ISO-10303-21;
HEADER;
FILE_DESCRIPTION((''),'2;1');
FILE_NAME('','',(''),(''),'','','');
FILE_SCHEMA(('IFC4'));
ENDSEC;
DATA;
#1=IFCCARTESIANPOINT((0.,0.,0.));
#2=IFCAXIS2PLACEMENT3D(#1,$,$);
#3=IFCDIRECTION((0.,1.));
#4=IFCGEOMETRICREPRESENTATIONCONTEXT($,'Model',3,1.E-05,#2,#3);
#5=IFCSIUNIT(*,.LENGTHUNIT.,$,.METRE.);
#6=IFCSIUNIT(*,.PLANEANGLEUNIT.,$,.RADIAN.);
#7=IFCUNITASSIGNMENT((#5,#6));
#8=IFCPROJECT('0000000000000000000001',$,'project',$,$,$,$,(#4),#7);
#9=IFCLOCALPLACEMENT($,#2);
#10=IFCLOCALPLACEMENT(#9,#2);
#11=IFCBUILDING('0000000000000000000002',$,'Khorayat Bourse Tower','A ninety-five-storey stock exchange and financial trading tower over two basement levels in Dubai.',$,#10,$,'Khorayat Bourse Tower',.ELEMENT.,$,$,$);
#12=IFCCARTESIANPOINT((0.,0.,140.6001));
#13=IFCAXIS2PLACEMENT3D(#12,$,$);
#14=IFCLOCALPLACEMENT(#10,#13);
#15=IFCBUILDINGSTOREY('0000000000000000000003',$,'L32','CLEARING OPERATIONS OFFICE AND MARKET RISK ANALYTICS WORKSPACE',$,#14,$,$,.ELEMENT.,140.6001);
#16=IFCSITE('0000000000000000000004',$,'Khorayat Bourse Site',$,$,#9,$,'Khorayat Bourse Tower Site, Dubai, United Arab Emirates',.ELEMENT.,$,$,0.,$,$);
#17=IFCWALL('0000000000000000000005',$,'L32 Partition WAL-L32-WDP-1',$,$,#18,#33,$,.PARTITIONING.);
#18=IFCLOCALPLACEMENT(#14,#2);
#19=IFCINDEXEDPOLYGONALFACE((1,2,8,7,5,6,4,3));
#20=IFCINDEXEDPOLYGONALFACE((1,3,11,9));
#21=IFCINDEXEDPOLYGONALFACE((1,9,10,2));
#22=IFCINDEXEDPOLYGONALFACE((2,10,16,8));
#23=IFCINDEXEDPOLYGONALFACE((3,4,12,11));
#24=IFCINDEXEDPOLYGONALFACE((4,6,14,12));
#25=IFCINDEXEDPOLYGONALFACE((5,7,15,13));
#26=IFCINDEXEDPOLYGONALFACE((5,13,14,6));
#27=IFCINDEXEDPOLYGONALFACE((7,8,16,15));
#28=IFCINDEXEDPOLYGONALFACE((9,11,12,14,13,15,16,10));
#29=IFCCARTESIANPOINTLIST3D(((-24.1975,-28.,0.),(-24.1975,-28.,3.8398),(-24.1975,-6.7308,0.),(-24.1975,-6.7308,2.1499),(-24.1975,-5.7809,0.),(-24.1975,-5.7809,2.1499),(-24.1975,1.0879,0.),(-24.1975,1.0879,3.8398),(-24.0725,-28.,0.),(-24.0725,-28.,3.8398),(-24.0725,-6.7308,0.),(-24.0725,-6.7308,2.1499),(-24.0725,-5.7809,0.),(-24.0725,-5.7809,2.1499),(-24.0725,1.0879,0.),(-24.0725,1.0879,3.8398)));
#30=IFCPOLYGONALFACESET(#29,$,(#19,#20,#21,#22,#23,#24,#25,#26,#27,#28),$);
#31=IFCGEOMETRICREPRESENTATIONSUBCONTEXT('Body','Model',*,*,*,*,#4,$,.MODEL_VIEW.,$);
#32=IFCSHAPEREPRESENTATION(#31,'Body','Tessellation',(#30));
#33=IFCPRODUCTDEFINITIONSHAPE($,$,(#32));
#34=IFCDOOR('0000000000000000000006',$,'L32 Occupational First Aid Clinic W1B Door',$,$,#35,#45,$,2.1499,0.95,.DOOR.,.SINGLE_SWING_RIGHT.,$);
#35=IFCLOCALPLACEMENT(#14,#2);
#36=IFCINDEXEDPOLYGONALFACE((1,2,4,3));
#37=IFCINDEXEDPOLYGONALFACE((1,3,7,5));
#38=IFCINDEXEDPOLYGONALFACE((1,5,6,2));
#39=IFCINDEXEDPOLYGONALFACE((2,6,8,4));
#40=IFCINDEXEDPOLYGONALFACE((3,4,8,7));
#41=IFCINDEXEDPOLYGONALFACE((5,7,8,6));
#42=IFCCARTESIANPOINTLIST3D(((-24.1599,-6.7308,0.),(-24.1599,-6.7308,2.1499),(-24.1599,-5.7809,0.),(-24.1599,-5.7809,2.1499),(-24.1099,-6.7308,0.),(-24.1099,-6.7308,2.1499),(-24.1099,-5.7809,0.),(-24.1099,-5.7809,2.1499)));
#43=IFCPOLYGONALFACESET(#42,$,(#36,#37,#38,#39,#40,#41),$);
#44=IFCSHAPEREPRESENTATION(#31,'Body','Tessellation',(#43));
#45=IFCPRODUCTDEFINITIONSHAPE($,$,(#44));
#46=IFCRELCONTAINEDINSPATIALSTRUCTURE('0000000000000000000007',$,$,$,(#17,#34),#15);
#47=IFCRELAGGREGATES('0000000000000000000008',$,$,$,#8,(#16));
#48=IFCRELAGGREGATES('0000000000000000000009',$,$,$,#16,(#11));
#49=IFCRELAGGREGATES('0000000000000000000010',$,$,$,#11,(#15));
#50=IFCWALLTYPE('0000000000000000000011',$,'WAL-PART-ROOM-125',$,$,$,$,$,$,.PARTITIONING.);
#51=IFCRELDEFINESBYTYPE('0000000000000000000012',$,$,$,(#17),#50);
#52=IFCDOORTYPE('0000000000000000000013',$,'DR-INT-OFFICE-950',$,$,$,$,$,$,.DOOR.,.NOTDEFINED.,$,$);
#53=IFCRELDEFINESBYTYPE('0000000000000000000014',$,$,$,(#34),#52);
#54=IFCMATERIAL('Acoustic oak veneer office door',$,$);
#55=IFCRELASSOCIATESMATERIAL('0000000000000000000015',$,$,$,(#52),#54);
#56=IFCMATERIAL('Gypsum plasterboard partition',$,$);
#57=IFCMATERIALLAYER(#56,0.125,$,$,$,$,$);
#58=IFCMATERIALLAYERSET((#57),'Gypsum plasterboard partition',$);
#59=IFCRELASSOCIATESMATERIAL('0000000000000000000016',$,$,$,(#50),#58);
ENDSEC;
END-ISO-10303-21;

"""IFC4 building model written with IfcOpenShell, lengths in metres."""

from ifc_helpers import new_model, si_unit, direction, frame, frame_2d, origin, place, context, subcontext, project, spatial, rectangle, extrude, source, transform, mapped, material, layer, layer_set, type_object, element, fill, save


model = new_model("IFC4")

# Units and contexts
model_context = context("Model", 3, precision=1e-05, world=origin(), true_north=direction((0.0, 1.0)))
body_context = subcontext(model_context, "Body", "Model", "MODEL_VIEW")
ifc_project = project(units=[si_unit("LENGTHUNIT", "METRE"), si_unit("PLANEANGLEUNIT", "RADIAN")], contexts=[model_context])

# Site, building, storey
site_placement = place(None, origin())
site = spatial("IfcSite", under=ifc_project, at=site_placement, Name="Khorayat Bourse Site", LongName="Khorayat Bourse Tower Site, Dubai, United Arab Emirates", CompositionType="ELEMENT", RefElevation=0.0)
building_placement = place(site_placement, origin())
building = spatial("IfcBuilding", under=site, at=building_placement, Name="Khorayat Bourse Tower", Description="A ninety-five-storey stock exchange and financial trading tower over two basement levels in Dubai.", LongName="Khorayat Bourse Tower", CompositionType="ELEMENT")
storey_placement = place(building_placement, frame((0.0, 0.0, 140.6001)))
storey = spatial("IfcBuildingStorey", under=building, at=storey_placement, Name="L32", Description="CLEARING OPERATIONS OFFICE AND MARKET RISK ANALYTICS WORKSPACE", CompositionType="ELEMENT", Elevation=140.6001)

# Shared definitions
ifc_material_1 = material(Name="Acoustic oak veneer office door")
door_type = type_object("IfcDoorType", Name="DR-INT-OFFICE-950", OperationType="NOTDEFINED", PredefinedType="DOOR", material=ifc_material_1)
shared_shape_1 = source(origin(), body_context, "Body", "SweptSolid", [
    extrude(rectangle(XDim=0.95, YDim=2.1499, at=frame_2d((0.4751, 1.075))), frame((0.0, 0.0249, 0.0), z_axis=(0.0, -1.0, 0.0), x_axis=(1.0, 0.0, 0.0)), (0.0, 0.0, 1.0), 0.05),
])

# Wall, opening, door
ifc_material_2 = material(Name="Gypsum plasterboard partition")
ifc_layer_1 = layer(ifc_material_2, 0.125)
ifc_layer_set_1 = layer_set([ifc_layer_1], Name="Gypsum plasterboard partition")
wall_type_1 = type_object("IfcWallType", Name="WAL-PART-ROOM-125", PredefinedType="PARTITIONING", material=ifc_layer_set_1)
shared_shape_2 = source(origin(), body_context, "Body", "SweptSolid", [
    extrude(rectangle(XDim=0.95, YDim=2.1499, at=frame_2d((0.4751, 1.075))), frame((0.0, 0.0725, 0.0), z_axis=(0.0, -1.0, 0.0), x_axis=(1.0, 0.0, 0.0)), (0.0, 0.0, 1.0), 0.145),
])
shared_shape_3 = source(origin(), body_context, "Body", "SweptSolid", [
    extrude(rectangle(XDim=29.0879, YDim=0.125, at=frame_2d((14.5439, 0.0))), origin(), (0.0, 0.0, 1.0), 3.8398),
])
wall_1_placement = place(storey_placement, frame((-24.135, -28.0, 0.0), z_axis=(0.0, 0.0, 1.0), x_axis=(0.0, 1.0, 0.0)))
wall_1 = element("IfcWall", 1, at=wall_1_placement, inside=storey, type_object=wall_type_1, Name="L32 Partition WAL-L32-WDP-1", PredefinedType="PARTITIONING", context=body_context, shape_type="MappedRepresentation", body=[
    mapped(shared_shape_3, transform((0.0, 0.0, 0.0), scale=1.0)),
])
opening_1_placement = place(wall_1_placement, frame((21.269, 0.0, 0.0)))
opening_1 = element("IfcOpeningElement", 2, at=opening_1_placement, cuts=wall_1, PredefinedType="OPENING", context=body_context, shape_type="MappedRepresentation", body=[
    mapped(shared_shape_2, transform((0.0, 0.0, 0.0), scale=1.0)),
])
door_1_placement = place(opening_1_placement, origin())
door_1 = element("IfcDoor", 3, at=door_1_placement, inside=storey, type_object=door_type, Name="L32 Occupational First Aid Clinic W1B Door", OperationType="SINGLE_SWING_RIGHT", OverallHeight=2.1499, OverallWidth=0.95, PredefinedType="DOOR", context=body_context, shape_type="MappedRepresentation", body=[
    mapped(shared_shape_1, transform((0.0, 0.0, 0.0), scale=1.0)),
])
fill(opening_1, door_1)

save(model, "model.ifc")
